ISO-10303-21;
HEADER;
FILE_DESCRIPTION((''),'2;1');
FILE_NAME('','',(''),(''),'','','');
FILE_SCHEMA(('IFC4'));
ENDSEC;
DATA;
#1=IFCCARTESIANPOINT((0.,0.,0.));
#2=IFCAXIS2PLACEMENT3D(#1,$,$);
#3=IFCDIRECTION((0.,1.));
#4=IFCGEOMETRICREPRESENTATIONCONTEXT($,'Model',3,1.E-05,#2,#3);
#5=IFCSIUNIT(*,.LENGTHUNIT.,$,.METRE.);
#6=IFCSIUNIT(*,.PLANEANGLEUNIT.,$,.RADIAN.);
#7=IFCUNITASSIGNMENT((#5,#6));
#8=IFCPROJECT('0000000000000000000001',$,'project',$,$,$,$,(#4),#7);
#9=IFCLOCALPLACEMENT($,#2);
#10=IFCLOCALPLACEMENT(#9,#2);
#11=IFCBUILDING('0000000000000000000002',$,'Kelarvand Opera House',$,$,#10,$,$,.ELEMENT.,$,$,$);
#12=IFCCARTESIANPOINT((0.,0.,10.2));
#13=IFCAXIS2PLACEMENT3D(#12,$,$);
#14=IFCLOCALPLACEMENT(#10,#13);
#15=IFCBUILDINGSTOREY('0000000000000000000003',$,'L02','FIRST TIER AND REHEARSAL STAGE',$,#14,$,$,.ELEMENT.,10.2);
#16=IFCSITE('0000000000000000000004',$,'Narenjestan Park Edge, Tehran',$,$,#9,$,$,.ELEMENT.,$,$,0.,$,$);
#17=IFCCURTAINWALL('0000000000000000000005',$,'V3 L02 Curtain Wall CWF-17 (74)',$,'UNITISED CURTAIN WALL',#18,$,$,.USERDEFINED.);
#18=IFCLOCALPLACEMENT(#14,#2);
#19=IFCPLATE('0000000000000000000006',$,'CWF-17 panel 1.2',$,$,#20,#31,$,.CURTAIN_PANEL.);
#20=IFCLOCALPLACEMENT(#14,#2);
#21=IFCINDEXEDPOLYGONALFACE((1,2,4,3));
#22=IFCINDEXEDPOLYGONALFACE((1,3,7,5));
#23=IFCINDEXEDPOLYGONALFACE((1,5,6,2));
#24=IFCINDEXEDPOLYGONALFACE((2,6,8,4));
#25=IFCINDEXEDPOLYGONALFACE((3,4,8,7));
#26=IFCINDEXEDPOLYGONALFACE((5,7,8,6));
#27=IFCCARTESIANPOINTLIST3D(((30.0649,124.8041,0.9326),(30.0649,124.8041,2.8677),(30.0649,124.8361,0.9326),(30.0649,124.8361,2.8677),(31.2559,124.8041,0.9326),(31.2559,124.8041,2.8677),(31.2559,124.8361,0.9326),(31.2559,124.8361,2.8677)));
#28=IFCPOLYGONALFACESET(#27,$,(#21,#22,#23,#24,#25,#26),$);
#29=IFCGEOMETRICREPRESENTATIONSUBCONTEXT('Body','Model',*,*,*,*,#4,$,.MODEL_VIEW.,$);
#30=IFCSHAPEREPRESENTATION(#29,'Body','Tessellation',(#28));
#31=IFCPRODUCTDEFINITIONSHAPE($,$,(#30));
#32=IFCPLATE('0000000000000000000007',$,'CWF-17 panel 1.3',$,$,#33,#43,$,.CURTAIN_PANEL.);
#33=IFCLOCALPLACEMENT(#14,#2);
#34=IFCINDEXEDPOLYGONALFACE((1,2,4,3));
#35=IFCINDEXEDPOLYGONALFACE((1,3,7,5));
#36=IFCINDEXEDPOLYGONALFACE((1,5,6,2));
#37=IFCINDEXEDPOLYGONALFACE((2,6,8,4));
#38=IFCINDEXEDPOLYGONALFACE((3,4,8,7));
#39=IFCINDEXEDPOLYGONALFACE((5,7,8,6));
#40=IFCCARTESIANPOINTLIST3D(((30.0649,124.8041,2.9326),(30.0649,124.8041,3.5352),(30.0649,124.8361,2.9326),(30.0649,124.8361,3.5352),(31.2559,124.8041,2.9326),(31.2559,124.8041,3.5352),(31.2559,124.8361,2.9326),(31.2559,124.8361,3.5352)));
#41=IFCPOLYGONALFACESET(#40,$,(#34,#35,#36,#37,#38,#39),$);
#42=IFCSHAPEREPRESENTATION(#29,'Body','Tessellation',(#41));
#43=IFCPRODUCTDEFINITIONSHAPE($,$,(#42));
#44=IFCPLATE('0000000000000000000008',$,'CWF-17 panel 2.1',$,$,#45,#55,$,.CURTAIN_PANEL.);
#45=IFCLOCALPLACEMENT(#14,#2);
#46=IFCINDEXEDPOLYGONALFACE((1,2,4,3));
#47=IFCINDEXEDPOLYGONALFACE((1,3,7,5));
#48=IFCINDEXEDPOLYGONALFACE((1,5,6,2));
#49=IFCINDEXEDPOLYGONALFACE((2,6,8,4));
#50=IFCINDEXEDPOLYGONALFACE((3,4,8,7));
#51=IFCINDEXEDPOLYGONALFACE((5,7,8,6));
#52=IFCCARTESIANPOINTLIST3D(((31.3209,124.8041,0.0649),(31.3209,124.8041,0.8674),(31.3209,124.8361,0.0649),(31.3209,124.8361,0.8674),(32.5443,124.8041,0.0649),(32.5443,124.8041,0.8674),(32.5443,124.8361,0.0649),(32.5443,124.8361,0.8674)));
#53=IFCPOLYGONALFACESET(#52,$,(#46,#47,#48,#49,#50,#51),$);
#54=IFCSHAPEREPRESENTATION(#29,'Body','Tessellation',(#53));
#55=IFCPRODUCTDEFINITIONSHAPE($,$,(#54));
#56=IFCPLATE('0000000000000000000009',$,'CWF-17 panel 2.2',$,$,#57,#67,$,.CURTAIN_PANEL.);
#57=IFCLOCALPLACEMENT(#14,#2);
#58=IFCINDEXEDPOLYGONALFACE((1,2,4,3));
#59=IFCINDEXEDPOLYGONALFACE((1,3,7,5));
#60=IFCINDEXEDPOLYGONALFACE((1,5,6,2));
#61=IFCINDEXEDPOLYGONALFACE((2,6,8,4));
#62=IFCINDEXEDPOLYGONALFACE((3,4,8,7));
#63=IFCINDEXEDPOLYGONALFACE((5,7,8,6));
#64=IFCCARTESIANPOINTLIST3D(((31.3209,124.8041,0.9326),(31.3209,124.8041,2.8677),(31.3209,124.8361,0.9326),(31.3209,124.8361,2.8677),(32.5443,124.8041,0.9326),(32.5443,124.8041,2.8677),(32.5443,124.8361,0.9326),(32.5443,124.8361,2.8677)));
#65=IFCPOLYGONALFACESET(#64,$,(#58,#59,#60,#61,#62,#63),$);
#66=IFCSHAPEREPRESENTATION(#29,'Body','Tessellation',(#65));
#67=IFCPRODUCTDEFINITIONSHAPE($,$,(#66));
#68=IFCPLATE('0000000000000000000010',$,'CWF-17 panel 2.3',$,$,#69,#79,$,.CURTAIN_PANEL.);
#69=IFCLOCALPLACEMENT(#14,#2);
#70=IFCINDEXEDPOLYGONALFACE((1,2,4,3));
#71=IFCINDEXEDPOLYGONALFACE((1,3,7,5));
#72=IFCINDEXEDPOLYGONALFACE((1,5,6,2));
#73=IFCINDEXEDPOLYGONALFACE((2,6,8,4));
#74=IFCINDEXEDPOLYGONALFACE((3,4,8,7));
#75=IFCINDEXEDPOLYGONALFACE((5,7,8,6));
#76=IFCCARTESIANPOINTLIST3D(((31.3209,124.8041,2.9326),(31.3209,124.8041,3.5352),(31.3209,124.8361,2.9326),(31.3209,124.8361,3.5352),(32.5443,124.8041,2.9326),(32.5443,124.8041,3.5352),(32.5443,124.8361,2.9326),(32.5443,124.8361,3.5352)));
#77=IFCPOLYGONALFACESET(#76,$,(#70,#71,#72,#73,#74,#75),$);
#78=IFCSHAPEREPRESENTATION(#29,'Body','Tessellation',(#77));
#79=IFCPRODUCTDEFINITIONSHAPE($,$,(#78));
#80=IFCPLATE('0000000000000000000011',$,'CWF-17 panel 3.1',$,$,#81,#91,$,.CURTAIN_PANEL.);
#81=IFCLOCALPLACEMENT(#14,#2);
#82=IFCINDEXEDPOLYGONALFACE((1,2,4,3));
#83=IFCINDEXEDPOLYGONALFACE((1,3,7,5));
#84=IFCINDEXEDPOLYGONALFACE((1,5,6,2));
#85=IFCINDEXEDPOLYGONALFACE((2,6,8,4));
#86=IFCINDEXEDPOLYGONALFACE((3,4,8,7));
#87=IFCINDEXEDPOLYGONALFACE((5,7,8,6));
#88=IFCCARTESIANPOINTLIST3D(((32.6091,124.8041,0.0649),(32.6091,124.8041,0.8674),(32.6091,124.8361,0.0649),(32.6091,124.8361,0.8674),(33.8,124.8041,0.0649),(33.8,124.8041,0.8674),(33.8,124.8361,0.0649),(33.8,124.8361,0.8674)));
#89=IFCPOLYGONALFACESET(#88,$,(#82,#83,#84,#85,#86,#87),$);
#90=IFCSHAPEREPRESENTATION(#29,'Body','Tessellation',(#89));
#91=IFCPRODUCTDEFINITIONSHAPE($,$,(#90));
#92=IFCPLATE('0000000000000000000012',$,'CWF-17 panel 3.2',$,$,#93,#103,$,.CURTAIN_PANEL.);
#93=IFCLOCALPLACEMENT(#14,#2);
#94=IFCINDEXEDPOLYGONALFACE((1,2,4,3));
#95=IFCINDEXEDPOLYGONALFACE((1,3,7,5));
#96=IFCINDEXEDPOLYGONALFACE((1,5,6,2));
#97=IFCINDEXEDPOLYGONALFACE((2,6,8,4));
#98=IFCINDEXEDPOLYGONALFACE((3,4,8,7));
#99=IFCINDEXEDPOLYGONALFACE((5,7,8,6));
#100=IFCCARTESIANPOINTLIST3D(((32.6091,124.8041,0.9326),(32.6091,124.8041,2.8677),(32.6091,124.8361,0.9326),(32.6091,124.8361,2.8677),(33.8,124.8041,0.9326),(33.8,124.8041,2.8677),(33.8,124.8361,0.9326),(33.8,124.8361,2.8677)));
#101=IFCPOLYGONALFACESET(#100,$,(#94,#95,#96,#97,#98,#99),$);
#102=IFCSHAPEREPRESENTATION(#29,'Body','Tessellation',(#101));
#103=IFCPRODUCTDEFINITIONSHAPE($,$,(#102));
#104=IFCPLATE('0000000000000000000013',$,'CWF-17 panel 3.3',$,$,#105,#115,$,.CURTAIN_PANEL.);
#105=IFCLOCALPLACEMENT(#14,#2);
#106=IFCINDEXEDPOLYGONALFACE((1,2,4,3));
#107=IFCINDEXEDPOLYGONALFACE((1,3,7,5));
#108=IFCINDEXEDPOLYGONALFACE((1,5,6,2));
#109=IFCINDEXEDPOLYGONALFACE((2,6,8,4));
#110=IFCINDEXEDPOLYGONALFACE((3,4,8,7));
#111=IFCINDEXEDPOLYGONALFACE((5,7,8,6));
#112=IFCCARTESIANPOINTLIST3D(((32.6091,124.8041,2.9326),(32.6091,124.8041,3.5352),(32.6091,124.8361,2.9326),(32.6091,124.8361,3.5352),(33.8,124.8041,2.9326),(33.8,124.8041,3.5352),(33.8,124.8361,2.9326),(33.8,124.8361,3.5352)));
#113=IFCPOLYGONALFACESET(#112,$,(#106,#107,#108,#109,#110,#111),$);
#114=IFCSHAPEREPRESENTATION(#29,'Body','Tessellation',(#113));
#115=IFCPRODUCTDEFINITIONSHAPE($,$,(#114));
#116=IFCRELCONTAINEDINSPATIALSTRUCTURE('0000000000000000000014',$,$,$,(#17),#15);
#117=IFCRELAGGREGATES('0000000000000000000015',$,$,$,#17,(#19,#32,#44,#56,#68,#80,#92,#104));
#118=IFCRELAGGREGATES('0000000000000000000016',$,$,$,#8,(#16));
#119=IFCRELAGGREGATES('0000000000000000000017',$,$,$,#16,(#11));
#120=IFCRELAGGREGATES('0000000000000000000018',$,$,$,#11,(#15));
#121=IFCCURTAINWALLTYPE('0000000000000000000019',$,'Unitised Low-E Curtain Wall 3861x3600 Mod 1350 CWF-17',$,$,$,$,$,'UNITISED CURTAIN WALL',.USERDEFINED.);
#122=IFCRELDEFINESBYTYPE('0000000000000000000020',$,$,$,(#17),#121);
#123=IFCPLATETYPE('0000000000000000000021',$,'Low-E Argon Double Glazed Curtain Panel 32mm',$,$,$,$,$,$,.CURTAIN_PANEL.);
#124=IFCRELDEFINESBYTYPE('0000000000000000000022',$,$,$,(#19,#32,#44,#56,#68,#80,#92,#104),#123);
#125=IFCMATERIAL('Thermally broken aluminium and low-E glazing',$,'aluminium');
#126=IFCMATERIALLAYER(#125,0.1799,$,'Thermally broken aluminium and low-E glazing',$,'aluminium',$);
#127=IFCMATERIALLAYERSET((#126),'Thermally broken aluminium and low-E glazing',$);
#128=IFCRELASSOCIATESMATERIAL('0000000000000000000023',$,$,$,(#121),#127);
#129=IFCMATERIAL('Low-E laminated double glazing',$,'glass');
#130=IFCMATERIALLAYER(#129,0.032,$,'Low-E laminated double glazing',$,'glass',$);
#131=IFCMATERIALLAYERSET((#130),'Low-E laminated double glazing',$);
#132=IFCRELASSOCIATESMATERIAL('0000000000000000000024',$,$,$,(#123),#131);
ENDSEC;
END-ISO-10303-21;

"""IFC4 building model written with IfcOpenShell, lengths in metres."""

from ifc_helpers import new_model, si_unit, direction, frame, origin, origin_2d, place, context, subcontext, project, spatial, rectangle, extrude, material, layer, layer_set, type_object, element, aggregate, save


model = new_model("IFC4")

# Units and contexts
model_context = context("Model", 3, precision=1e-05, world=origin(), true_north=direction((0.0, 1.0)))
body_context = subcontext(model_context, "Body", "Model", "MODEL_VIEW")
ifc_project = project(units=[si_unit("LENGTHUNIT", "METRE"), si_unit("PLANEANGLEUNIT", "RADIAN")], contexts=[model_context])

# Site, building, storey
site_placement = place(None, origin())
site = spatial("IfcSite", under=ifc_project, at=site_placement, Name="Narenjestan Park Edge, Tehran", CompositionType="ELEMENT", RefElevation=0.0)
building_placement = place(site_placement, origin())
building = spatial("IfcBuilding", under=site, at=building_placement, Name="Kelarvand Opera House", CompositionType="ELEMENT")
storey_placement = place(building_placement, frame((0.0, 0.0, 10.2)))
storey = spatial("IfcBuildingStorey", under=building, at=storey_placement, Name="L02", Description="FIRST TIER AND REHEARSAL STAGE", CompositionType="ELEMENT", Elevation=10.2)

# Curtain wall, plates
ifc_material_1 = material(Name="Thermally broken aluminium and low-E glazing", Category="aluminium")
ifc_layer_1 = layer(ifc_material_1, 0.1799, Name="Thermally broken aluminium and low-E glazing", Category="aluminium")
ifc_layer_set_1 = layer_set([ifc_layer_1], Name="Thermally broken aluminium and low-E glazing")
curtain_wall_type = type_object("IfcCurtainWallType", Name="Unitised Low-E Curtain Wall 3861x3600 Mod 1350 CWF-17", ElementType="UNITISED CURTAIN WALL", PredefinedType="USERDEFINED", material=ifc_layer_set_1)
curtain_wall_placement = place(storey_placement, origin())
curtain_wall = element("IfcCurtainWall", 1, at=curtain_wall_placement, inside=storey, type_object=curtain_wall_type, Name="V3 L02 Curtain Wall CWF-17 (74)", ObjectType="UNITISED CURTAIN WALL", PredefinedType="USERDEFINED")
ifc_material_2 = material(Name="Low-E laminated double glazing", Category="glass")
ifc_layer_2 = layer(ifc_material_2, 0.032, Name="Low-E laminated double glazing", Category="glass")
ifc_layer_set_2 = layer_set([ifc_layer_2], Name="Low-E laminated double glazing")
plate_type = type_object("IfcPlateType", Name="Low-E Argon Double Glazed Curtain Panel 32mm", PredefinedType="CURTAIN_PANEL", material=ifc_layer_set_2)
plate_1_placement = place(storey_placement, frame((30.6604, 124.8201, 0.9326), z_axis=(0.0, 0.0, 1.0), x_axis=(1.0, 0.0, 0.0)))
plate_1 = element("IfcPlate", 2, at=plate_1_placement, type_object=plate_type, Name="CWF-17 panel 1.2", PredefinedType="CURTAIN_PANEL", context=body_context, shape_type="SweptSolid", body=[
    extrude(rectangle(XDim=1.1909, YDim=0.032, at=origin_2d()), origin(), (0.0, 0.0, 1.0), 1.9351),
])
plate_2_placement = place(storey_placement, frame((30.6604, 124.8201, 2.9326), z_axis=(0.0, 0.0, 1.0), x_axis=(1.0, 0.0, 0.0)))
plate_2 = element("IfcPlate", 3, at=plate_2_placement, type_object=plate_type, Name="CWF-17 panel 1.3", PredefinedType="CURTAIN_PANEL", context=body_context, shape_type="SweptSolid", body=[
    extrude(rectangle(XDim=1.1909, YDim=0.032, at=origin_2d()), origin(), (0.0, 0.0, 1.0), 0.6025),
])
plate_3_placement = place(storey_placement, frame((31.9326, 124.8201, 0.0649), z_axis=(0.0, 0.0, 1.0), x_axis=(1.0, 0.0, 0.0)))
plate_3 = element("IfcPlate", 4, at=plate_3_placement, type_object=plate_type, Name="CWF-17 panel 2.1", PredefinedType="CURTAIN_PANEL", context=body_context, shape_type="SweptSolid", body=[
    extrude(rectangle(XDim=1.2234, YDim=0.032, at=origin_2d()), origin(), (0.0, 0.0, 1.0), 0.8025),
])
plate_4_placement = place(storey_placement, frame((31.9326, 124.8201, 0.9326), z_axis=(0.0, 0.0, 1.0), x_axis=(1.0, 0.0, 0.0)))
plate_4 = element("IfcPlate", 5, at=plate_4_placement, type_object=plate_type, Name="CWF-17 panel 2.2", PredefinedType="CURTAIN_PANEL", context=body_context, shape_type="SweptSolid", body=[
    extrude(rectangle(XDim=1.2234, YDim=0.032, at=origin_2d()), origin(), (0.0, 0.0, 1.0), 1.9351),
])
plate_5_placement = place(storey_placement, frame((31.9326, 124.8201, 2.9326), z_axis=(0.0, 0.0, 1.0), x_axis=(1.0, 0.0, 0.0)))
plate_5 = element("IfcPlate", 6, at=plate_5_placement, type_object=plate_type, Name="CWF-17 panel 2.3", PredefinedType="CURTAIN_PANEL", context=body_context, shape_type="SweptSolid", body=[
    extrude(rectangle(XDim=1.2234, YDim=0.032, at=origin_2d()), origin(), (0.0, 0.0, 1.0), 0.6025),
])
plate_6_placement = place(storey_placement, frame((33.2046, 124.8201, 0.0649), z_axis=(0.0, 0.0, 1.0), x_axis=(1.0, 0.0, 0.0)))
plate_6 = element("IfcPlate", 7, at=plate_6_placement, type_object=plate_type, Name="CWF-17 panel 3.1", PredefinedType="CURTAIN_PANEL", context=body_context, shape_type="SweptSolid", body=[
    extrude(rectangle(XDim=1.1909, YDim=0.032, at=origin_2d()), origin(), (0.0, 0.0, 1.0), 0.8025),
])
plate_7_placement = place(storey_placement, frame((33.2046, 124.8201, 0.9326), z_axis=(0.0, 0.0, 1.0), x_axis=(1.0, 0.0, 0.0)))
plate_7 = element("IfcPlate", 8, at=plate_7_placement, type_object=plate_type, Name="CWF-17 panel 3.2", PredefinedType="CURTAIN_PANEL", context=body_context, shape_type="SweptSolid", body=[
    extrude(rectangle(XDim=1.1909, YDim=0.032, at=origin_2d()), origin(), (0.0, 0.0, 1.0), 1.9351),
])
plate_8_placement = place(storey_placement, frame((33.2046, 124.8201, 2.9326), z_axis=(0.0, 0.0, 1.0), x_axis=(1.0, 0.0, 0.0)))
plate_8 = element("IfcPlate", 9, at=plate_8_placement, type_object=plate_type, Name="CWF-17 panel 3.3", PredefinedType="CURTAIN_PANEL", context=body_context, shape_type="SweptSolid", body=[
    extrude(rectangle(XDim=1.1909, YDim=0.032, at=origin_2d()), origin(), (0.0, 0.0, 1.0), 0.6025),
])
aggregate(curtain_wall, [plate_1, plate_2, plate_3, plate_4, plate_5, plate_6, plate_7, plate_8])

save(model, "model.ifc")
